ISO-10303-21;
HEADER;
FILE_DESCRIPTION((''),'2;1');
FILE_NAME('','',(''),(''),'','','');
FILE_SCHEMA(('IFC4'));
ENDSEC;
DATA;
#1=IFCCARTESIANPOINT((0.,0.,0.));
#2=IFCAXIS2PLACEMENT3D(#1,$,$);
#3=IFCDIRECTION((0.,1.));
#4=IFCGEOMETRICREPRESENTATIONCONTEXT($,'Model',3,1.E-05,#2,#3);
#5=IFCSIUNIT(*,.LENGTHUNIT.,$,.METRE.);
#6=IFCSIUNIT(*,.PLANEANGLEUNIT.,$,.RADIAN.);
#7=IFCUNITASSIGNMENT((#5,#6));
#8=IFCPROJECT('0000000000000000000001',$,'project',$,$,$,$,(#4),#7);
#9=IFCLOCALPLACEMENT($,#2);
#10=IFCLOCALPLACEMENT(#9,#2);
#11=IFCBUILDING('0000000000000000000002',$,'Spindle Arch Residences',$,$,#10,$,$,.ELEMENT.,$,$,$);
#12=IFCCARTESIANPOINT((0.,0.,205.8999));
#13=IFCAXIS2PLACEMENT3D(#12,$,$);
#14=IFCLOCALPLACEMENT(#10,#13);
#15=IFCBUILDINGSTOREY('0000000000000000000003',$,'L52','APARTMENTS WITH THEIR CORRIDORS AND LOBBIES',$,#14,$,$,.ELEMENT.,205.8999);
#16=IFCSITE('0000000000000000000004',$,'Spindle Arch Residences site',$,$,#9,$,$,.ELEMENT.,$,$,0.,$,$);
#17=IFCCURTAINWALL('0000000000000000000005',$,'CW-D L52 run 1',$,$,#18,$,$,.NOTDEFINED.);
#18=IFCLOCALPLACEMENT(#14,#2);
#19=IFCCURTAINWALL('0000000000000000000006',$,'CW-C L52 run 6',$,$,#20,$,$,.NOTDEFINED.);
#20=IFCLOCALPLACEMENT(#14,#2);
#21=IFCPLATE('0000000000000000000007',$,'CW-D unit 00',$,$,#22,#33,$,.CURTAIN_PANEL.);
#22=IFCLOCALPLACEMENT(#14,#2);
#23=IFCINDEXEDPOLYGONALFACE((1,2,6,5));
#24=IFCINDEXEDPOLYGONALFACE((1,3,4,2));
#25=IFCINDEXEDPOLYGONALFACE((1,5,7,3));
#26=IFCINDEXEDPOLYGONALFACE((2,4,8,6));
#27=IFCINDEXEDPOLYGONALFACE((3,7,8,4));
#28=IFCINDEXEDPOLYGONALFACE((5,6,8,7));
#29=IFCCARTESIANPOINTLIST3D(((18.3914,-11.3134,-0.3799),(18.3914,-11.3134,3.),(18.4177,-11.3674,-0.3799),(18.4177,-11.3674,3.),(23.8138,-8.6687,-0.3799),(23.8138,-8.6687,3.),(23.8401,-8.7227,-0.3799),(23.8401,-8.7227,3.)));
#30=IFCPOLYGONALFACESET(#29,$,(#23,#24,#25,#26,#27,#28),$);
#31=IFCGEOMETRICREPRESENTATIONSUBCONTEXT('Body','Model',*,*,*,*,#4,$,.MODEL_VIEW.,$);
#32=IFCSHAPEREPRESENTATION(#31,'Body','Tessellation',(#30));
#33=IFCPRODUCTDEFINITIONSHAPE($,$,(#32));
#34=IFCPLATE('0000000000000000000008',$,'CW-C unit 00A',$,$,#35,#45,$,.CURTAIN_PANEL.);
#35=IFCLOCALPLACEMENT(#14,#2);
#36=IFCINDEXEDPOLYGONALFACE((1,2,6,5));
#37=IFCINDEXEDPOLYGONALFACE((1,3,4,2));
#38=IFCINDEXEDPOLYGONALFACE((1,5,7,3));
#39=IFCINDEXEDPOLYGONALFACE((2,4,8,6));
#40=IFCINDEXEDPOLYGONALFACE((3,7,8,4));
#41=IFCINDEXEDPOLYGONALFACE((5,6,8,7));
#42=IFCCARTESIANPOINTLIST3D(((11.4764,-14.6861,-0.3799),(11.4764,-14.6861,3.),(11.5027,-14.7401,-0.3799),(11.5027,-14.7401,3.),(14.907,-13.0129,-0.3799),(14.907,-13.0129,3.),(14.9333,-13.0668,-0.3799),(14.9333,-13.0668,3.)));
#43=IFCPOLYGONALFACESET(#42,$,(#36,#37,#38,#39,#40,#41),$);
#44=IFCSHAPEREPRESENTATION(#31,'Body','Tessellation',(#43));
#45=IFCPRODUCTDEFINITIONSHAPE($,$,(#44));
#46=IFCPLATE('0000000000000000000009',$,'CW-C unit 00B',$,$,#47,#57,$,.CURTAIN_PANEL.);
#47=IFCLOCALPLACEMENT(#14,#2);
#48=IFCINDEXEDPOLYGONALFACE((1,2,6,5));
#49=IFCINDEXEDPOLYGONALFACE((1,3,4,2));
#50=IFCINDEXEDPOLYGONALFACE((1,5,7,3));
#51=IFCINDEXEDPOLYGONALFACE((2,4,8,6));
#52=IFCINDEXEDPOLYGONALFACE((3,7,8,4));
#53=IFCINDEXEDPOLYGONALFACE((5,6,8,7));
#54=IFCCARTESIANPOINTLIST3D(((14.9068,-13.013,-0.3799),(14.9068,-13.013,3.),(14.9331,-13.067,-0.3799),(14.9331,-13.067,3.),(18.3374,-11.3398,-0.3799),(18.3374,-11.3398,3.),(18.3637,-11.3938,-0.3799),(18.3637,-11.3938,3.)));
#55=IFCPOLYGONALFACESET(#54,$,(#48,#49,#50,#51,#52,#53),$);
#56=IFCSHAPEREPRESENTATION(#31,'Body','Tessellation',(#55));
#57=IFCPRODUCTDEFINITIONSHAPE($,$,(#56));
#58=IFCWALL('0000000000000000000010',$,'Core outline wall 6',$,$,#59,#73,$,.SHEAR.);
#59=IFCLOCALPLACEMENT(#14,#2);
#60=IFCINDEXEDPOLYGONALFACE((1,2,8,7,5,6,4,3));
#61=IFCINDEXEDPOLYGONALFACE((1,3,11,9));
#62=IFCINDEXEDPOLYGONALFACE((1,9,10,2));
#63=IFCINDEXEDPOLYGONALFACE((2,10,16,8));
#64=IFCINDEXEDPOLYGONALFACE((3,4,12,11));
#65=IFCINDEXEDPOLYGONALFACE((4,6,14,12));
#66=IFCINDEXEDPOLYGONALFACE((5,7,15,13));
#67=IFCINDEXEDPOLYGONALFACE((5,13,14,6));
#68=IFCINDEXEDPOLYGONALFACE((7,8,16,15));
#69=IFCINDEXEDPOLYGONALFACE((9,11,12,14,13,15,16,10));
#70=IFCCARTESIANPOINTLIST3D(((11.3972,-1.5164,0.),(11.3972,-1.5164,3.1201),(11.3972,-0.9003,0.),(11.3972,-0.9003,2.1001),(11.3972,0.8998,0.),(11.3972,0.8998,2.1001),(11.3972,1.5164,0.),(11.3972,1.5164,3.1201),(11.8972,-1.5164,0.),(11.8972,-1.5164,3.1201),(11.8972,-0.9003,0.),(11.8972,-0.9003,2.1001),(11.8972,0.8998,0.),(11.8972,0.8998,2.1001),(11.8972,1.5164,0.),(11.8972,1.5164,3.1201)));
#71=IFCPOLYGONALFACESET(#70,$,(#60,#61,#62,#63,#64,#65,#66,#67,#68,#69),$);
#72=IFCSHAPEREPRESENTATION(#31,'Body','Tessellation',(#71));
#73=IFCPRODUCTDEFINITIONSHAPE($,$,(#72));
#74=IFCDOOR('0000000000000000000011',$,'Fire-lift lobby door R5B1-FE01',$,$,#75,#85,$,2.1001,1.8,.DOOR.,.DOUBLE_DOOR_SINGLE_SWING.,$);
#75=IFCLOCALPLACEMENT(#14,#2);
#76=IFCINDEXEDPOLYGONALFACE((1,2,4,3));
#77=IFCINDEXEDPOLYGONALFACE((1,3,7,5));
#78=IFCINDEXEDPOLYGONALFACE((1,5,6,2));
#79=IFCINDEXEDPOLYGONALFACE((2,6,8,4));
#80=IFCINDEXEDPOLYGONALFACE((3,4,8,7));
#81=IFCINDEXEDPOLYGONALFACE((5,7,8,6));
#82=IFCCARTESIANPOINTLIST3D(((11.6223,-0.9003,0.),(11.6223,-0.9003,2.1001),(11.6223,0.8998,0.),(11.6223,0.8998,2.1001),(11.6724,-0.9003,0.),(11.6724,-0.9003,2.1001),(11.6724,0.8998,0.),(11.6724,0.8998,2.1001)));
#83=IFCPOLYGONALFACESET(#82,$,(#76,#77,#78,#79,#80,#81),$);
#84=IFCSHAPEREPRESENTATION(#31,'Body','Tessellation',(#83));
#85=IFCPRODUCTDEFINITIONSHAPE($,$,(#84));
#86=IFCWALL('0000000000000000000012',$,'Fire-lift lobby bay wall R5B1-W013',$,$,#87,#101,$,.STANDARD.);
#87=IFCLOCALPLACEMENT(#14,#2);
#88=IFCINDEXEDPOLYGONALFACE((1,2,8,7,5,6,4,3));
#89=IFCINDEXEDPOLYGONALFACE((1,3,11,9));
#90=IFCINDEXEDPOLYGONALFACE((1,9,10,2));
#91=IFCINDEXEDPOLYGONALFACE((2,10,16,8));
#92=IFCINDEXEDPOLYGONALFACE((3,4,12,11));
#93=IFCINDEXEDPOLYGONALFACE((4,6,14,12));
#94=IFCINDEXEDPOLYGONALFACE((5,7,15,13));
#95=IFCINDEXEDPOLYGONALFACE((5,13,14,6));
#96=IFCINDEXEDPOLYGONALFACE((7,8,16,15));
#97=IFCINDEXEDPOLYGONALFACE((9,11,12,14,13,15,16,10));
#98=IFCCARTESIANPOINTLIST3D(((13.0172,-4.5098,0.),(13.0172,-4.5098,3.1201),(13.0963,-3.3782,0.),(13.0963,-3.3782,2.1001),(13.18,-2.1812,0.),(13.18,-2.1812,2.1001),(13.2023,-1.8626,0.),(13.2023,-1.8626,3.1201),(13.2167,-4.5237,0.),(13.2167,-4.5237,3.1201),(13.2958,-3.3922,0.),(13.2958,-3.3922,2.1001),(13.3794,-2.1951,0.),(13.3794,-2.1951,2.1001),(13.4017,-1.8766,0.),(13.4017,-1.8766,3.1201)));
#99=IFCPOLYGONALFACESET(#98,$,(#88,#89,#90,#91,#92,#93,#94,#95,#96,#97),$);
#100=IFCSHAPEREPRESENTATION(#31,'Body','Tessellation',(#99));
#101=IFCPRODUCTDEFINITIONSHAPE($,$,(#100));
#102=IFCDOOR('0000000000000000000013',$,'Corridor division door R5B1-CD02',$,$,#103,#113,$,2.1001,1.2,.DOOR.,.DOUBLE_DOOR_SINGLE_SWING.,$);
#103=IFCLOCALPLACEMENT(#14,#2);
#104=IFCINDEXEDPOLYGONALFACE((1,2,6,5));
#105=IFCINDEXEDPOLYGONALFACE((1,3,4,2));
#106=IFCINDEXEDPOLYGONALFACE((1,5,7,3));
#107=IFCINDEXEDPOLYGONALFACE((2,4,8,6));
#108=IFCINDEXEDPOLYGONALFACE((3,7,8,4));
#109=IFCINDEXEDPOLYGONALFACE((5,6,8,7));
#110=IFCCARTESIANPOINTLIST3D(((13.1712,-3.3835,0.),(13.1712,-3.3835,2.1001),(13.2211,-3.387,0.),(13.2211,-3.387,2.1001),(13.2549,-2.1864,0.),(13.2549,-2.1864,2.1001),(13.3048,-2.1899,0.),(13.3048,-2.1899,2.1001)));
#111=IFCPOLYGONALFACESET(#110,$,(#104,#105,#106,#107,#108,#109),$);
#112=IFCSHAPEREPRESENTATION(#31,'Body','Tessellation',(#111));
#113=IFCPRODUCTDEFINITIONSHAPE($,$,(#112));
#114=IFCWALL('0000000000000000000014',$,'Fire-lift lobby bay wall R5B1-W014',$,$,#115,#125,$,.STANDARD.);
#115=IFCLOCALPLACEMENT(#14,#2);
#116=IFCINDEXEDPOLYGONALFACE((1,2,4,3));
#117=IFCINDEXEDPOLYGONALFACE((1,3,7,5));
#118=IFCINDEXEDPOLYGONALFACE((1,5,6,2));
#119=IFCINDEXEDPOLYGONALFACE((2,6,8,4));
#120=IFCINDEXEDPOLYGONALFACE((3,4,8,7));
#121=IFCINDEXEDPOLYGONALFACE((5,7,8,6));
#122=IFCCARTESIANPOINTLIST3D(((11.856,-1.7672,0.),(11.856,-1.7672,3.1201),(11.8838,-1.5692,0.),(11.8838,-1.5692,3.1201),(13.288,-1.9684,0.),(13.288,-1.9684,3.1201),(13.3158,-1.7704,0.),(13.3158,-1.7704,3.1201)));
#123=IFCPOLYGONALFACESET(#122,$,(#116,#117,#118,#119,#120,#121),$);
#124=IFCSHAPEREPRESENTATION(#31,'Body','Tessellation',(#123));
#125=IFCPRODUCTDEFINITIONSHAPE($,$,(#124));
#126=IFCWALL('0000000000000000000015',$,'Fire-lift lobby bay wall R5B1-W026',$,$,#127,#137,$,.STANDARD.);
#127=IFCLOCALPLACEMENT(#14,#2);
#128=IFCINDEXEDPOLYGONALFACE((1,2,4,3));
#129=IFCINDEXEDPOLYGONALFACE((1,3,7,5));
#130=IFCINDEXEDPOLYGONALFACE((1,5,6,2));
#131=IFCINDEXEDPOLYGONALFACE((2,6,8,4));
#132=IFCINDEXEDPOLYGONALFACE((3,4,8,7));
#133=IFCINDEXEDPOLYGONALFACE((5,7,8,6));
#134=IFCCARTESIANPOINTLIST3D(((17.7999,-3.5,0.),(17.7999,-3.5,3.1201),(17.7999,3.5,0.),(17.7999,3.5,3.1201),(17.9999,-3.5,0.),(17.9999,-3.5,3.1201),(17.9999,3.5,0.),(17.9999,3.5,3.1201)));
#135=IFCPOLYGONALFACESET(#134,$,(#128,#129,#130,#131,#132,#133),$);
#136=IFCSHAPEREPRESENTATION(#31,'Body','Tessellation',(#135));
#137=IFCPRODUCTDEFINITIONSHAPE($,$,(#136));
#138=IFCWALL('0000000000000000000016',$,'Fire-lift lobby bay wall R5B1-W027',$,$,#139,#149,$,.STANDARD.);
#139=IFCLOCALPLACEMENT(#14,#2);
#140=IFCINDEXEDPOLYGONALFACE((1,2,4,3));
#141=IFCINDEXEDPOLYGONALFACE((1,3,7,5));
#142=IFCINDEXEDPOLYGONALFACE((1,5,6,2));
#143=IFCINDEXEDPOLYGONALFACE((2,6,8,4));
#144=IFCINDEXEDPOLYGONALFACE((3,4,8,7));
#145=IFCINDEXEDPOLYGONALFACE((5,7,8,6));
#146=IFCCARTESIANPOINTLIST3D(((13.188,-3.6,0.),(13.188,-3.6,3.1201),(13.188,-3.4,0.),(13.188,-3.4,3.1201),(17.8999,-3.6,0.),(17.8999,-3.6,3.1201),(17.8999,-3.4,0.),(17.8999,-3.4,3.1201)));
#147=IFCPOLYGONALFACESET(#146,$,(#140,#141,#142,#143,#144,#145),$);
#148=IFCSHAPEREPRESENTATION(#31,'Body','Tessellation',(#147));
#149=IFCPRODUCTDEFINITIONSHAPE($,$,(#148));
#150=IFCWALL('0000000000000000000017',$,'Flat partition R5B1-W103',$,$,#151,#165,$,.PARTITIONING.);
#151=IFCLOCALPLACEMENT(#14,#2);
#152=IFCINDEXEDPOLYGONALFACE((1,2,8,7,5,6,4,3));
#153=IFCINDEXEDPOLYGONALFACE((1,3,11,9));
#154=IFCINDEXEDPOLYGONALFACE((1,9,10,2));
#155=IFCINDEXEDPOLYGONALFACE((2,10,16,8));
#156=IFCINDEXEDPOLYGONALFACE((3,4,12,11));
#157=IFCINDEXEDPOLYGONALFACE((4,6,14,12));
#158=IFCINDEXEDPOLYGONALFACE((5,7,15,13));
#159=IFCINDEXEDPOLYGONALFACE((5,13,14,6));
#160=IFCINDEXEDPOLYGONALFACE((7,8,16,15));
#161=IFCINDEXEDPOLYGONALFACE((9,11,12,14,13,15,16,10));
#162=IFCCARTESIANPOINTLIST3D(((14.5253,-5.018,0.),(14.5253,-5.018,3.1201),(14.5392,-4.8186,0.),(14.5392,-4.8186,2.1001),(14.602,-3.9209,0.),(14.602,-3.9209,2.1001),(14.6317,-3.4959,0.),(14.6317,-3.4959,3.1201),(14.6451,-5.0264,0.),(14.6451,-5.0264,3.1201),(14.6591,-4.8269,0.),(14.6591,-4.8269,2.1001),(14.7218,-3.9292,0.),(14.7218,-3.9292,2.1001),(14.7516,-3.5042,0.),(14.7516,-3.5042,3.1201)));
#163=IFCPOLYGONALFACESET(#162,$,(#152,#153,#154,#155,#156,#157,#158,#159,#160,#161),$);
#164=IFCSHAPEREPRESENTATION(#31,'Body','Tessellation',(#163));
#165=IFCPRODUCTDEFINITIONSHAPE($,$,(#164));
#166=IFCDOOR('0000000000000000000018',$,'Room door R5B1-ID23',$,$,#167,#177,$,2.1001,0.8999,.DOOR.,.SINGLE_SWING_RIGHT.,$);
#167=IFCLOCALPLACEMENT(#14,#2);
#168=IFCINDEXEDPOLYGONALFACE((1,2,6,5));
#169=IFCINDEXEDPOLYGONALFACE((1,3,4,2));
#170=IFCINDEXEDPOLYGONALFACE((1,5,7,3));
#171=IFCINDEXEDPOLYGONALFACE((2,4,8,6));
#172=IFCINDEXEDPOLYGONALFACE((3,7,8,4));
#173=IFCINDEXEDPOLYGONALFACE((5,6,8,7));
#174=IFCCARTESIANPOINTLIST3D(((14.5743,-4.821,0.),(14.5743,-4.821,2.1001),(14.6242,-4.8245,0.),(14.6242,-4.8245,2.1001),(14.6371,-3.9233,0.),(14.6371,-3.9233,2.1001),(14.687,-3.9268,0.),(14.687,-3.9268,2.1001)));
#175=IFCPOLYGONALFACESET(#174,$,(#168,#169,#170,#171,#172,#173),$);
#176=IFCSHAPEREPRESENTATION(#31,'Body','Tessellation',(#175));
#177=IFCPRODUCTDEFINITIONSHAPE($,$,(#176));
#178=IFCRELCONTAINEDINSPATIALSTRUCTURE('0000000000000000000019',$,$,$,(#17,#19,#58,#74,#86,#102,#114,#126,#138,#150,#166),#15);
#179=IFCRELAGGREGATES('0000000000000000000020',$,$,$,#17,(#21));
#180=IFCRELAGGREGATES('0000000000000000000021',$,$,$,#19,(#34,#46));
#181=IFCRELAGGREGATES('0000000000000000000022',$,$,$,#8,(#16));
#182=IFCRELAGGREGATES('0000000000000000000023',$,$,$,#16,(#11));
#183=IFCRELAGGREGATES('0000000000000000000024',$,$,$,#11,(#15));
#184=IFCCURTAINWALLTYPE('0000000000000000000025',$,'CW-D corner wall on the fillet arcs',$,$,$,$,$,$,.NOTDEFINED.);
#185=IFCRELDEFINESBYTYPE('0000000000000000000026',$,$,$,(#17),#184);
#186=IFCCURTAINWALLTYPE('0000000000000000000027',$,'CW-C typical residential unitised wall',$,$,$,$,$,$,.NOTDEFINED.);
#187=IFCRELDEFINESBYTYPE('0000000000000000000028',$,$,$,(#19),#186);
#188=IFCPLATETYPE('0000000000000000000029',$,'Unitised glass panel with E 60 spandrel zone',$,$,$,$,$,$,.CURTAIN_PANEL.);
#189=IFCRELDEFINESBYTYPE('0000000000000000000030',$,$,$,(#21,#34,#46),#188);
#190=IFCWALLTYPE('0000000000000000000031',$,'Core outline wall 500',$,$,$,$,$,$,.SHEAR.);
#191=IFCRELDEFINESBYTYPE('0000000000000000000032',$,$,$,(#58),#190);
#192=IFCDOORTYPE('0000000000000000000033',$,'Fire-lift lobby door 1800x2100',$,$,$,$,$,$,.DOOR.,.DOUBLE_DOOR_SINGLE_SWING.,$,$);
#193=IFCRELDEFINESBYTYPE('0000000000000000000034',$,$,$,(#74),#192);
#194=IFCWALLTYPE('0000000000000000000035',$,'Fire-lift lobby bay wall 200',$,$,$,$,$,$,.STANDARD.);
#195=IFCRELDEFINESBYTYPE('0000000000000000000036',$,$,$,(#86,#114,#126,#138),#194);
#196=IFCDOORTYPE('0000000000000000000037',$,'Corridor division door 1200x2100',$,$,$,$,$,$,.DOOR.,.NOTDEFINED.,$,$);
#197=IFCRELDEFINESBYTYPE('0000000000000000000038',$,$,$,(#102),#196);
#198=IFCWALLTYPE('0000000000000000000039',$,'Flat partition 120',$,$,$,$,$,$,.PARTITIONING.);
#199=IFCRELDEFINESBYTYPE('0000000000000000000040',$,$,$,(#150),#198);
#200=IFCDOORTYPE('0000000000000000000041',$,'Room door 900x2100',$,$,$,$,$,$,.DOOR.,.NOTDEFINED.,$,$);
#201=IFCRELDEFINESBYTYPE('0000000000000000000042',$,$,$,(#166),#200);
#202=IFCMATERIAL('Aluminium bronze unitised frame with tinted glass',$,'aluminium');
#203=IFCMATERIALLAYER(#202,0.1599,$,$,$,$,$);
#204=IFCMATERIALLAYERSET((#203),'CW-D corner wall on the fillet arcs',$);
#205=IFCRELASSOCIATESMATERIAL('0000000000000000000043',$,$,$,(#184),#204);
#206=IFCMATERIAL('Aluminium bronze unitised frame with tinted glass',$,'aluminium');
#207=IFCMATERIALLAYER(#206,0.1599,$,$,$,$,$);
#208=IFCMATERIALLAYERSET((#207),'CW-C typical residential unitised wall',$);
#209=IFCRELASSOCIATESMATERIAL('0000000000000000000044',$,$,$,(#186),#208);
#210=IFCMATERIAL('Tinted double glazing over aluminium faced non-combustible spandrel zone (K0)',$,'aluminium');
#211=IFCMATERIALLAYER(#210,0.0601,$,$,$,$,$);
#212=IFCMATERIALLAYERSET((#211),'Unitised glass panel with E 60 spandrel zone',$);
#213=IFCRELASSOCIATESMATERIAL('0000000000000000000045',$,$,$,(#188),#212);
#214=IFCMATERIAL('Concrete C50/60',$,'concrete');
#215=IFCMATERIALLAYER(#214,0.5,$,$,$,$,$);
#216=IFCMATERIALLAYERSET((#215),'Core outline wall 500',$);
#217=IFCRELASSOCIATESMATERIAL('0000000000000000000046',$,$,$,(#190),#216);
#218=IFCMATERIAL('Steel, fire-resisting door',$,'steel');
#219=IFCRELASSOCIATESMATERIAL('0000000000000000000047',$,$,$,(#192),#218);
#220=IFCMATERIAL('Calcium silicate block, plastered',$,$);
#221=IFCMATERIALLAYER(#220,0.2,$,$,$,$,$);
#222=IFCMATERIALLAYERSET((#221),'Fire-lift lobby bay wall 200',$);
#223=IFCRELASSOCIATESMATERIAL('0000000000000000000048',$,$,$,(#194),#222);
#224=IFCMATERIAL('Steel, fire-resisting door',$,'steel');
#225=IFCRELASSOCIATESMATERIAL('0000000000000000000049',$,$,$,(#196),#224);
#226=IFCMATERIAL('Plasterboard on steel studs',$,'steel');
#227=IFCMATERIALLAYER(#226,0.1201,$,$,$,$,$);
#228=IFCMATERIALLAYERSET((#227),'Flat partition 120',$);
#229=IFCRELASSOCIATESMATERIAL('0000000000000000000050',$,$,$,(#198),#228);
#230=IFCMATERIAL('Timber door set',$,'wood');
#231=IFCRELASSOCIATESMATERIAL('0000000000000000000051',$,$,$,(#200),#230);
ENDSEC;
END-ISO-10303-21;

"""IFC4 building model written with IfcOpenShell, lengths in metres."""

from ifc_helpers import new_model, si_unit, direction, frame, frame_2d, origin, origin_2d, place, context, subcontext, project, spatial, rectangle, extrude, material, layer, layer_set, type_object, element, fill, aggregate, save


model = new_model("IFC4")

# Units and contexts
model_context = context("Model", 3, precision=1e-05, world=origin(), true_north=direction((0.0, 1.0)))
body_context = subcontext(model_context, "Body", "Model", "MODEL_VIEW")
ifc_project = project(units=[si_unit("LENGTHUNIT", "METRE"), si_unit("PLANEANGLEUNIT", "RADIAN")], contexts=[model_context])

# Site, building, storey
site_placement = place(None, origin())
site = spatial("IfcSite", under=ifc_project, at=site_placement, Name="Spindle Arch Residences site", CompositionType="ELEMENT", RefElevation=0.0)
building_placement = place(site_placement, origin())
building = spatial("IfcBuilding", under=site, at=building_placement, Name="Spindle Arch Residences", CompositionType="ELEMENT")
storey_placement = place(building_placement, frame((0.0, 0.0, 205.8999)))
storey = spatial("IfcBuildingStorey", under=building, at=storey_placement, Name="L52", Description="APARTMENTS WITH THEIR CORRIDORS AND LOBBIES", CompositionType="ELEMENT", Elevation=205.8999)

# Curtain walls
ifc_material_1 = material(Name="Aluminium bronze unitised frame with tinted glass", Category="aluminium")
ifc_layer_1 = layer(ifc_material_1, 0.1599)
ifc_layer_set_1 = layer_set([ifc_layer_1], Name="CW-D corner wall on the fillet arcs")
curtain_wall_type_1 = type_object("IfcCurtainWallType", Name="CW-D corner wall on the fillet arcs", PredefinedType="NOTDEFINED", material=ifc_layer_set_1)
curtain_wall_1_placement = place(storey_placement, origin())
curtain_wall_1 = element("IfcCurtainWall", 1, at=curtain_wall_1_placement, inside=storey, type_object=curtain_wall_type_1, Name="CW-D L52 run 1", PredefinedType="NOTDEFINED")
ifc_material_2 = material(Name="Aluminium bronze unitised frame with tinted glass", Category="aluminium")
ifc_layer_2 = layer(ifc_material_2, 0.1599)
ifc_layer_set_2 = layer_set([ifc_layer_2], Name="CW-C typical residential unitised wall")
curtain_wall_type_2 = type_object("IfcCurtainWallType", Name="CW-C typical residential unitised wall", PredefinedType="NOTDEFINED", material=ifc_layer_set_2)
curtain_wall_2_placement = place(storey_placement, origin())
curtain_wall_2 = element("IfcCurtainWall", 2, at=curtain_wall_2_placement, inside=storey, type_object=curtain_wall_type_2, Name="CW-C L52 run 6", PredefinedType="NOTDEFINED")

# Plates
ifc_material_3 = material(Name="Tinted double glazing over aluminium faced non-combustible spandrel zone (K0)", Category="aluminium")
ifc_layer_3 = layer(ifc_material_3, 0.0601)
ifc_layer_set_3 = layer_set([ifc_layer_3], Name="Unitised glass panel with E 60 spandrel zone")
plate_type = type_object("IfcPlateType", Name="Unitised glass panel with E 60 spandrel zone", PredefinedType="CURTAIN_PANEL", material=ifc_layer_set_3)
plate_1_placement = place(storey_placement, frame((21.1157, -10.0181, -0.3799), z_axis=(0.0, 0.0, 1.0), x_axis=(0.898794, 0.438371, 0.0)))
plate_1 = element("IfcPlate", 3, at=plate_1_placement, type_object=plate_type, Name="CW-D unit 00", PredefinedType="CURTAIN_PANEL", context=body_context, shape_type="SweptSolid", body=[
    extrude(rectangle(XDim=6.033, YDim=0.0601, at=origin_2d()), origin(), (0.0, 0.0, 1.0), 3.3799),
])
aggregate(curtain_wall_1, [plate_1])
plate_2_placement = place(storey_placement, frame((13.2048, -13.8765, -0.3799), z_axis=(0.0, 0.0, 1.0), x_axis=(0.898794, 0.438371, 0.0)))
plate_2 = element("IfcPlate", 4, at=plate_2_placement, type_object=plate_type, Name="CW-C unit 00A", PredefinedType="CURTAIN_PANEL", context=body_context, shape_type="SweptSolid", body=[
    extrude(rectangle(XDim=3.8169, YDim=0.0601, at=origin_2d()), origin(), (0.0, 0.0, 1.0), 3.3799),
])
plate_3_placement = place(storey_placement, frame((16.6353, -12.2034, -0.3799), z_axis=(0.0, 0.0, 1.0), x_axis=(0.898794, 0.438371, 0.0)))
plate_3 = element("IfcPlate", 5, at=plate_3_placement, type_object=plate_type, Name="CW-C unit 00B", PredefinedType="CURTAIN_PANEL", context=body_context, shape_type="SweptSolid", body=[
    extrude(rectangle(XDim=3.8169, YDim=0.0601, at=origin_2d()), origin(), (0.0, 0.0, 1.0), 3.3799),
])
aggregate(curtain_wall_2, [plate_2, plate_3])

# Walls, openings, doors
ifc_material_4 = material(Name="Concrete C50/60", Category="concrete")
ifc_layer_4 = layer(ifc_material_4, 0.5)
ifc_layer_set_4 = layer_set([ifc_layer_4], Name="Core outline wall 500")
wall_type_1 = type_object("IfcWallType", Name="Core outline wall 500", PredefinedType="SHEAR", material=ifc_layer_set_4)
wall_1_placement = place(storey_placement, frame((11.6472, -1.5164, 0.0), z_axis=(0.0, 0.0, 1.0), x_axis=(0.0, 1.0, 0.0)))
wall_1 = element("IfcWall", 6, at=wall_1_placement, inside=storey, type_object=wall_type_1, Name="Core outline wall 6", PredefinedType="SHEAR", context=body_context, shape_type="SweptSolid", body=[
    extrude(rectangle(XDim=3.0327, YDim=0.5, at=frame_2d((1.5164, 0.0))), origin(), (0.0, 0.0, 1.0), 3.1201),
])
opening_1_placement = place(wall_1_placement, frame((0.6162, 0.0, 0.0)))
opening_1 = element("IfcOpeningElement", 7, at=opening_1_placement, cuts=wall_1, PredefinedType="OPENING", context=body_context, shape_type="SweptSolid", body=[
    extrude(rectangle(XDim=1.8, YDim=2.1001, at=frame_2d((0.8999, 1.05))), frame((0.0, 0.26, 0.0), z_axis=(0.0, -1.0, 0.0), x_axis=(1.0, 0.0, 0.0)), (0.0, 0.0, 1.0), 0.52),
])
ifc_material_5 = material(Name="Steel, fire-resisting door", Category="steel")
door_type_1 = type_object("IfcDoorType", Name="Fire-lift lobby door 1800x2100", OperationType="DOUBLE_DOOR_SINGLE_SWING", PredefinedType="DOOR", material=ifc_material_5)
door_1_placement = place(opening_1_placement, origin())
door_1 = element("IfcDoor", 8, at=door_1_placement, inside=storey, type_object=door_type_1, Name="Fire-lift lobby door R5B1-FE01", OperationType="DOUBLE_DOOR_SINGLE_SWING", OverallHeight=2.1001, OverallWidth=1.8, PredefinedType="DOOR", context=body_context, shape_type="SweptSolid", body=[
    extrude(rectangle(XDim=1.8, YDim=2.1001, at=frame_2d((0.8999, 1.05))), frame((0.0, 0.0249, 0.0), z_axis=(0.0, -1.0, 0.0), x_axis=(1.0, 0.0, 0.0)), (0.0, 0.0, 1.0), 0.05),
])
fill(opening_1, door_1)
ifc_material_6 = material(Name="Calcium silicate block, plastered")
ifc_layer_5 = layer(ifc_material_6, 0.2)
ifc_layer_set_5 = layer_set([ifc_layer_5], Name="Fire-lift lobby bay wall 200")
wall_type_2 = type_object("IfcWallType", Name="Fire-lift lobby bay wall 200", PredefinedType="STANDARD", material=ifc_layer_set_5)
wall_2_placement = place(storey_placement, frame((13.1169, -4.5166, 0.0), z_axis=(0.0, 0.0, 1.0), x_axis=(0.069737, 0.997565, 0.0)))
wall_2 = element("IfcWall", 9, at=wall_2_placement, inside=storey, type_object=wall_type_2, Name="Fire-lift lobby bay wall R5B1-W013", PredefinedType="STANDARD", context=body_context, shape_type="SweptSolid", body=[
    extrude(rectangle(XDim=2.6536, YDim=0.2, at=frame_2d((1.3267, 0.0))), origin(), (0.0, 0.0, 1.0), 3.1201),
])
opening_2_placement = place(wall_2_placement, frame((1.134, 0.0, 0.0)))
opening_2 = element("IfcOpeningElement", 10, at=opening_2_placement, cuts=wall_2, PredefinedType="OPENING", context=body_context, shape_type="SweptSolid", body=[
    extrude(rectangle(XDim=1.2, YDim=2.1001, at=frame_2d((0.6001, 1.05))), frame((0.0, 0.1099, 0.0), z_axis=(0.0, -1.0, 0.0), x_axis=(1.0, 0.0, 0.0)), (0.0, 0.0, 1.0), 0.22),
])
ifc_material_7 = material(Name="Steel, fire-resisting door", Category="steel")
door_type_2 = type_object("IfcDoorType", Name="Corridor division door 1200x2100", OperationType="NOTDEFINED", PredefinedType="DOOR", material=ifc_material_7)
door_2_placement = place(opening_2_placement, origin())
door_2 = element("IfcDoor", 11, at=door_2_placement, inside=storey, type_object=door_type_2, Name="Corridor division door R5B1-CD02", OperationType="DOUBLE_DOOR_SINGLE_SWING", OverallHeight=2.1001, OverallWidth=1.2, PredefinedType="DOOR", context=body_context, shape_type="SweptSolid", body=[
    extrude(rectangle(XDim=1.2, YDim=2.1001, at=frame_2d((0.6001, 1.05))), frame((0.0, 0.0249, 0.0), z_axis=(0.0, -1.0, 0.0), x_axis=(1.0, 0.0, 0.0)), (0.0, 0.0, 1.0), 0.05),
])
fill(opening_2, door_2)

# Walls
wall_3_placement = place(storey_placement, frame((13.302, -1.8694, 0.0), z_axis=(0.0, 0.0, 1.0), x_axis=(-0.990274, 0.139128, 0.0)))
element("IfcWall", 12, at=wall_3_placement, inside=storey, type_object=wall_type_2, Name="Fire-lift lobby bay wall R5B1-W014", PredefinedType="STANDARD", context=body_context, shape_type="SweptSolid", body=[
    extrude(rectangle(XDim=1.446, YDim=0.2, at=frame_2d((0.7231, 0.0))), origin(), (0.0, 0.0, 1.0), 3.1201),
])
wall_4_placement = place(storey_placement, frame((17.8999, -3.5, 0.0), z_axis=(0.0, 0.0, 1.0), x_axis=(0.0, 1.0, 0.0)))
element("IfcWall", 13, at=wall_4_placement, inside=storey, type_object=wall_type_2, Name="Fire-lift lobby bay wall R5B1-W026", PredefinedType="STANDARD", context=body_context, shape_type="SweptSolid", body=[
    extrude(rectangle(XDim=7.0, YDim=0.2, at=frame_2d((3.5, 0.0))), origin(), (0.0, 0.0, 1.0), 3.1201),
])
wall_5_placement = place(storey_placement, frame((13.188, -3.5, 0.0), z_axis=(0.0, 0.0, 1.0), x_axis=(1.0, 0.0, 0.0)))
element("IfcWall", 14, at=wall_5_placement, inside=storey, type_object=wall_type_2, Name="Fire-lift lobby bay wall R5B1-W027", PredefinedType="STANDARD", context=body_context, shape_type="SweptSolid", body=[
    extrude(rectangle(XDim=4.7119, YDim=0.2, at=frame_2d((2.356, 0.0))), origin(), (0.0, 0.0, 1.0), 3.1201),
])

# Wall, opening, door
ifc_material_8 = material(Name="Plasterboard on steel studs", Category="steel")
ifc_layer_6 = layer(ifc_material_8, 0.1201)
ifc_layer_set_6 = layer_set([ifc_layer_6], Name="Flat partition 120")
wall_type_3 = type_object("IfcWallType", Name="Flat partition 120", PredefinedType="PARTITIONING", material=ifc_layer_set_6)
wall_6_placement = place(storey_placement, frame((14.5852, -5.0222, 0.0), z_axis=(0.0, 0.0, 1.0), x_axis=(0.069757, 0.997564, 0.0)))
wall_6 = element("IfcWall", 15, at=wall_6_placement, inside=storey, type_object=wall_type_3, Name="Flat partition R5B1-W103", PredefinedType="PARTITIONING", context=body_context, shape_type="SweptSolid", body=[
    extrude(rectangle(XDim=1.5259, YDim=0.1201, at=frame_2d((0.7629, 0.0))), origin(), (0.0, 0.0, 1.0), 3.1201),
])
opening_3_placement = place(wall_6_placement, frame((0.2, 0.0, 0.0)))
opening_3 = element("IfcOpeningElement", 16, at=opening_3_placement, cuts=wall_6, PredefinedType="OPENING", context=body_context, shape_type="SweptSolid", body=[
    extrude(rectangle(XDim=0.8999, YDim=2.1001, at=frame_2d((0.45, 1.05))), frame((0.0, 0.0701, 0.0), z_axis=(0.0, -1.0, 0.0), x_axis=(1.0, 0.0, 0.0)), (0.0, 0.0, 1.0), 0.1401),
])
ifc_material_9 = material(Name="Timber door set", Category="wood")
door_type_3 = type_object("IfcDoorType", Name="Room door 900x2100", OperationType="NOTDEFINED", PredefinedType="DOOR", material=ifc_material_9)
door_3_placement = place(opening_3_placement, origin())
door_3 = element("IfcDoor", 17, at=door_3_placement, inside=storey, type_object=door_type_3, Name="Room door R5B1-ID23", OperationType="SINGLE_SWING_RIGHT", OverallHeight=2.1001, OverallWidth=0.8999, PredefinedType="DOOR", context=body_context, shape_type="SweptSolid", body=[
    extrude(rectangle(XDim=0.8999, YDim=2.1001, at=frame_2d((0.45, 1.05))), frame((0.0, 0.0249, 0.0), z_axis=(0.0, -1.0, 0.0), x_axis=(1.0, 0.0, 0.0)), (0.0, 0.0, 1.0), 0.05),
])
fill(opening_3, door_3)

save(model, "model.ifc")
